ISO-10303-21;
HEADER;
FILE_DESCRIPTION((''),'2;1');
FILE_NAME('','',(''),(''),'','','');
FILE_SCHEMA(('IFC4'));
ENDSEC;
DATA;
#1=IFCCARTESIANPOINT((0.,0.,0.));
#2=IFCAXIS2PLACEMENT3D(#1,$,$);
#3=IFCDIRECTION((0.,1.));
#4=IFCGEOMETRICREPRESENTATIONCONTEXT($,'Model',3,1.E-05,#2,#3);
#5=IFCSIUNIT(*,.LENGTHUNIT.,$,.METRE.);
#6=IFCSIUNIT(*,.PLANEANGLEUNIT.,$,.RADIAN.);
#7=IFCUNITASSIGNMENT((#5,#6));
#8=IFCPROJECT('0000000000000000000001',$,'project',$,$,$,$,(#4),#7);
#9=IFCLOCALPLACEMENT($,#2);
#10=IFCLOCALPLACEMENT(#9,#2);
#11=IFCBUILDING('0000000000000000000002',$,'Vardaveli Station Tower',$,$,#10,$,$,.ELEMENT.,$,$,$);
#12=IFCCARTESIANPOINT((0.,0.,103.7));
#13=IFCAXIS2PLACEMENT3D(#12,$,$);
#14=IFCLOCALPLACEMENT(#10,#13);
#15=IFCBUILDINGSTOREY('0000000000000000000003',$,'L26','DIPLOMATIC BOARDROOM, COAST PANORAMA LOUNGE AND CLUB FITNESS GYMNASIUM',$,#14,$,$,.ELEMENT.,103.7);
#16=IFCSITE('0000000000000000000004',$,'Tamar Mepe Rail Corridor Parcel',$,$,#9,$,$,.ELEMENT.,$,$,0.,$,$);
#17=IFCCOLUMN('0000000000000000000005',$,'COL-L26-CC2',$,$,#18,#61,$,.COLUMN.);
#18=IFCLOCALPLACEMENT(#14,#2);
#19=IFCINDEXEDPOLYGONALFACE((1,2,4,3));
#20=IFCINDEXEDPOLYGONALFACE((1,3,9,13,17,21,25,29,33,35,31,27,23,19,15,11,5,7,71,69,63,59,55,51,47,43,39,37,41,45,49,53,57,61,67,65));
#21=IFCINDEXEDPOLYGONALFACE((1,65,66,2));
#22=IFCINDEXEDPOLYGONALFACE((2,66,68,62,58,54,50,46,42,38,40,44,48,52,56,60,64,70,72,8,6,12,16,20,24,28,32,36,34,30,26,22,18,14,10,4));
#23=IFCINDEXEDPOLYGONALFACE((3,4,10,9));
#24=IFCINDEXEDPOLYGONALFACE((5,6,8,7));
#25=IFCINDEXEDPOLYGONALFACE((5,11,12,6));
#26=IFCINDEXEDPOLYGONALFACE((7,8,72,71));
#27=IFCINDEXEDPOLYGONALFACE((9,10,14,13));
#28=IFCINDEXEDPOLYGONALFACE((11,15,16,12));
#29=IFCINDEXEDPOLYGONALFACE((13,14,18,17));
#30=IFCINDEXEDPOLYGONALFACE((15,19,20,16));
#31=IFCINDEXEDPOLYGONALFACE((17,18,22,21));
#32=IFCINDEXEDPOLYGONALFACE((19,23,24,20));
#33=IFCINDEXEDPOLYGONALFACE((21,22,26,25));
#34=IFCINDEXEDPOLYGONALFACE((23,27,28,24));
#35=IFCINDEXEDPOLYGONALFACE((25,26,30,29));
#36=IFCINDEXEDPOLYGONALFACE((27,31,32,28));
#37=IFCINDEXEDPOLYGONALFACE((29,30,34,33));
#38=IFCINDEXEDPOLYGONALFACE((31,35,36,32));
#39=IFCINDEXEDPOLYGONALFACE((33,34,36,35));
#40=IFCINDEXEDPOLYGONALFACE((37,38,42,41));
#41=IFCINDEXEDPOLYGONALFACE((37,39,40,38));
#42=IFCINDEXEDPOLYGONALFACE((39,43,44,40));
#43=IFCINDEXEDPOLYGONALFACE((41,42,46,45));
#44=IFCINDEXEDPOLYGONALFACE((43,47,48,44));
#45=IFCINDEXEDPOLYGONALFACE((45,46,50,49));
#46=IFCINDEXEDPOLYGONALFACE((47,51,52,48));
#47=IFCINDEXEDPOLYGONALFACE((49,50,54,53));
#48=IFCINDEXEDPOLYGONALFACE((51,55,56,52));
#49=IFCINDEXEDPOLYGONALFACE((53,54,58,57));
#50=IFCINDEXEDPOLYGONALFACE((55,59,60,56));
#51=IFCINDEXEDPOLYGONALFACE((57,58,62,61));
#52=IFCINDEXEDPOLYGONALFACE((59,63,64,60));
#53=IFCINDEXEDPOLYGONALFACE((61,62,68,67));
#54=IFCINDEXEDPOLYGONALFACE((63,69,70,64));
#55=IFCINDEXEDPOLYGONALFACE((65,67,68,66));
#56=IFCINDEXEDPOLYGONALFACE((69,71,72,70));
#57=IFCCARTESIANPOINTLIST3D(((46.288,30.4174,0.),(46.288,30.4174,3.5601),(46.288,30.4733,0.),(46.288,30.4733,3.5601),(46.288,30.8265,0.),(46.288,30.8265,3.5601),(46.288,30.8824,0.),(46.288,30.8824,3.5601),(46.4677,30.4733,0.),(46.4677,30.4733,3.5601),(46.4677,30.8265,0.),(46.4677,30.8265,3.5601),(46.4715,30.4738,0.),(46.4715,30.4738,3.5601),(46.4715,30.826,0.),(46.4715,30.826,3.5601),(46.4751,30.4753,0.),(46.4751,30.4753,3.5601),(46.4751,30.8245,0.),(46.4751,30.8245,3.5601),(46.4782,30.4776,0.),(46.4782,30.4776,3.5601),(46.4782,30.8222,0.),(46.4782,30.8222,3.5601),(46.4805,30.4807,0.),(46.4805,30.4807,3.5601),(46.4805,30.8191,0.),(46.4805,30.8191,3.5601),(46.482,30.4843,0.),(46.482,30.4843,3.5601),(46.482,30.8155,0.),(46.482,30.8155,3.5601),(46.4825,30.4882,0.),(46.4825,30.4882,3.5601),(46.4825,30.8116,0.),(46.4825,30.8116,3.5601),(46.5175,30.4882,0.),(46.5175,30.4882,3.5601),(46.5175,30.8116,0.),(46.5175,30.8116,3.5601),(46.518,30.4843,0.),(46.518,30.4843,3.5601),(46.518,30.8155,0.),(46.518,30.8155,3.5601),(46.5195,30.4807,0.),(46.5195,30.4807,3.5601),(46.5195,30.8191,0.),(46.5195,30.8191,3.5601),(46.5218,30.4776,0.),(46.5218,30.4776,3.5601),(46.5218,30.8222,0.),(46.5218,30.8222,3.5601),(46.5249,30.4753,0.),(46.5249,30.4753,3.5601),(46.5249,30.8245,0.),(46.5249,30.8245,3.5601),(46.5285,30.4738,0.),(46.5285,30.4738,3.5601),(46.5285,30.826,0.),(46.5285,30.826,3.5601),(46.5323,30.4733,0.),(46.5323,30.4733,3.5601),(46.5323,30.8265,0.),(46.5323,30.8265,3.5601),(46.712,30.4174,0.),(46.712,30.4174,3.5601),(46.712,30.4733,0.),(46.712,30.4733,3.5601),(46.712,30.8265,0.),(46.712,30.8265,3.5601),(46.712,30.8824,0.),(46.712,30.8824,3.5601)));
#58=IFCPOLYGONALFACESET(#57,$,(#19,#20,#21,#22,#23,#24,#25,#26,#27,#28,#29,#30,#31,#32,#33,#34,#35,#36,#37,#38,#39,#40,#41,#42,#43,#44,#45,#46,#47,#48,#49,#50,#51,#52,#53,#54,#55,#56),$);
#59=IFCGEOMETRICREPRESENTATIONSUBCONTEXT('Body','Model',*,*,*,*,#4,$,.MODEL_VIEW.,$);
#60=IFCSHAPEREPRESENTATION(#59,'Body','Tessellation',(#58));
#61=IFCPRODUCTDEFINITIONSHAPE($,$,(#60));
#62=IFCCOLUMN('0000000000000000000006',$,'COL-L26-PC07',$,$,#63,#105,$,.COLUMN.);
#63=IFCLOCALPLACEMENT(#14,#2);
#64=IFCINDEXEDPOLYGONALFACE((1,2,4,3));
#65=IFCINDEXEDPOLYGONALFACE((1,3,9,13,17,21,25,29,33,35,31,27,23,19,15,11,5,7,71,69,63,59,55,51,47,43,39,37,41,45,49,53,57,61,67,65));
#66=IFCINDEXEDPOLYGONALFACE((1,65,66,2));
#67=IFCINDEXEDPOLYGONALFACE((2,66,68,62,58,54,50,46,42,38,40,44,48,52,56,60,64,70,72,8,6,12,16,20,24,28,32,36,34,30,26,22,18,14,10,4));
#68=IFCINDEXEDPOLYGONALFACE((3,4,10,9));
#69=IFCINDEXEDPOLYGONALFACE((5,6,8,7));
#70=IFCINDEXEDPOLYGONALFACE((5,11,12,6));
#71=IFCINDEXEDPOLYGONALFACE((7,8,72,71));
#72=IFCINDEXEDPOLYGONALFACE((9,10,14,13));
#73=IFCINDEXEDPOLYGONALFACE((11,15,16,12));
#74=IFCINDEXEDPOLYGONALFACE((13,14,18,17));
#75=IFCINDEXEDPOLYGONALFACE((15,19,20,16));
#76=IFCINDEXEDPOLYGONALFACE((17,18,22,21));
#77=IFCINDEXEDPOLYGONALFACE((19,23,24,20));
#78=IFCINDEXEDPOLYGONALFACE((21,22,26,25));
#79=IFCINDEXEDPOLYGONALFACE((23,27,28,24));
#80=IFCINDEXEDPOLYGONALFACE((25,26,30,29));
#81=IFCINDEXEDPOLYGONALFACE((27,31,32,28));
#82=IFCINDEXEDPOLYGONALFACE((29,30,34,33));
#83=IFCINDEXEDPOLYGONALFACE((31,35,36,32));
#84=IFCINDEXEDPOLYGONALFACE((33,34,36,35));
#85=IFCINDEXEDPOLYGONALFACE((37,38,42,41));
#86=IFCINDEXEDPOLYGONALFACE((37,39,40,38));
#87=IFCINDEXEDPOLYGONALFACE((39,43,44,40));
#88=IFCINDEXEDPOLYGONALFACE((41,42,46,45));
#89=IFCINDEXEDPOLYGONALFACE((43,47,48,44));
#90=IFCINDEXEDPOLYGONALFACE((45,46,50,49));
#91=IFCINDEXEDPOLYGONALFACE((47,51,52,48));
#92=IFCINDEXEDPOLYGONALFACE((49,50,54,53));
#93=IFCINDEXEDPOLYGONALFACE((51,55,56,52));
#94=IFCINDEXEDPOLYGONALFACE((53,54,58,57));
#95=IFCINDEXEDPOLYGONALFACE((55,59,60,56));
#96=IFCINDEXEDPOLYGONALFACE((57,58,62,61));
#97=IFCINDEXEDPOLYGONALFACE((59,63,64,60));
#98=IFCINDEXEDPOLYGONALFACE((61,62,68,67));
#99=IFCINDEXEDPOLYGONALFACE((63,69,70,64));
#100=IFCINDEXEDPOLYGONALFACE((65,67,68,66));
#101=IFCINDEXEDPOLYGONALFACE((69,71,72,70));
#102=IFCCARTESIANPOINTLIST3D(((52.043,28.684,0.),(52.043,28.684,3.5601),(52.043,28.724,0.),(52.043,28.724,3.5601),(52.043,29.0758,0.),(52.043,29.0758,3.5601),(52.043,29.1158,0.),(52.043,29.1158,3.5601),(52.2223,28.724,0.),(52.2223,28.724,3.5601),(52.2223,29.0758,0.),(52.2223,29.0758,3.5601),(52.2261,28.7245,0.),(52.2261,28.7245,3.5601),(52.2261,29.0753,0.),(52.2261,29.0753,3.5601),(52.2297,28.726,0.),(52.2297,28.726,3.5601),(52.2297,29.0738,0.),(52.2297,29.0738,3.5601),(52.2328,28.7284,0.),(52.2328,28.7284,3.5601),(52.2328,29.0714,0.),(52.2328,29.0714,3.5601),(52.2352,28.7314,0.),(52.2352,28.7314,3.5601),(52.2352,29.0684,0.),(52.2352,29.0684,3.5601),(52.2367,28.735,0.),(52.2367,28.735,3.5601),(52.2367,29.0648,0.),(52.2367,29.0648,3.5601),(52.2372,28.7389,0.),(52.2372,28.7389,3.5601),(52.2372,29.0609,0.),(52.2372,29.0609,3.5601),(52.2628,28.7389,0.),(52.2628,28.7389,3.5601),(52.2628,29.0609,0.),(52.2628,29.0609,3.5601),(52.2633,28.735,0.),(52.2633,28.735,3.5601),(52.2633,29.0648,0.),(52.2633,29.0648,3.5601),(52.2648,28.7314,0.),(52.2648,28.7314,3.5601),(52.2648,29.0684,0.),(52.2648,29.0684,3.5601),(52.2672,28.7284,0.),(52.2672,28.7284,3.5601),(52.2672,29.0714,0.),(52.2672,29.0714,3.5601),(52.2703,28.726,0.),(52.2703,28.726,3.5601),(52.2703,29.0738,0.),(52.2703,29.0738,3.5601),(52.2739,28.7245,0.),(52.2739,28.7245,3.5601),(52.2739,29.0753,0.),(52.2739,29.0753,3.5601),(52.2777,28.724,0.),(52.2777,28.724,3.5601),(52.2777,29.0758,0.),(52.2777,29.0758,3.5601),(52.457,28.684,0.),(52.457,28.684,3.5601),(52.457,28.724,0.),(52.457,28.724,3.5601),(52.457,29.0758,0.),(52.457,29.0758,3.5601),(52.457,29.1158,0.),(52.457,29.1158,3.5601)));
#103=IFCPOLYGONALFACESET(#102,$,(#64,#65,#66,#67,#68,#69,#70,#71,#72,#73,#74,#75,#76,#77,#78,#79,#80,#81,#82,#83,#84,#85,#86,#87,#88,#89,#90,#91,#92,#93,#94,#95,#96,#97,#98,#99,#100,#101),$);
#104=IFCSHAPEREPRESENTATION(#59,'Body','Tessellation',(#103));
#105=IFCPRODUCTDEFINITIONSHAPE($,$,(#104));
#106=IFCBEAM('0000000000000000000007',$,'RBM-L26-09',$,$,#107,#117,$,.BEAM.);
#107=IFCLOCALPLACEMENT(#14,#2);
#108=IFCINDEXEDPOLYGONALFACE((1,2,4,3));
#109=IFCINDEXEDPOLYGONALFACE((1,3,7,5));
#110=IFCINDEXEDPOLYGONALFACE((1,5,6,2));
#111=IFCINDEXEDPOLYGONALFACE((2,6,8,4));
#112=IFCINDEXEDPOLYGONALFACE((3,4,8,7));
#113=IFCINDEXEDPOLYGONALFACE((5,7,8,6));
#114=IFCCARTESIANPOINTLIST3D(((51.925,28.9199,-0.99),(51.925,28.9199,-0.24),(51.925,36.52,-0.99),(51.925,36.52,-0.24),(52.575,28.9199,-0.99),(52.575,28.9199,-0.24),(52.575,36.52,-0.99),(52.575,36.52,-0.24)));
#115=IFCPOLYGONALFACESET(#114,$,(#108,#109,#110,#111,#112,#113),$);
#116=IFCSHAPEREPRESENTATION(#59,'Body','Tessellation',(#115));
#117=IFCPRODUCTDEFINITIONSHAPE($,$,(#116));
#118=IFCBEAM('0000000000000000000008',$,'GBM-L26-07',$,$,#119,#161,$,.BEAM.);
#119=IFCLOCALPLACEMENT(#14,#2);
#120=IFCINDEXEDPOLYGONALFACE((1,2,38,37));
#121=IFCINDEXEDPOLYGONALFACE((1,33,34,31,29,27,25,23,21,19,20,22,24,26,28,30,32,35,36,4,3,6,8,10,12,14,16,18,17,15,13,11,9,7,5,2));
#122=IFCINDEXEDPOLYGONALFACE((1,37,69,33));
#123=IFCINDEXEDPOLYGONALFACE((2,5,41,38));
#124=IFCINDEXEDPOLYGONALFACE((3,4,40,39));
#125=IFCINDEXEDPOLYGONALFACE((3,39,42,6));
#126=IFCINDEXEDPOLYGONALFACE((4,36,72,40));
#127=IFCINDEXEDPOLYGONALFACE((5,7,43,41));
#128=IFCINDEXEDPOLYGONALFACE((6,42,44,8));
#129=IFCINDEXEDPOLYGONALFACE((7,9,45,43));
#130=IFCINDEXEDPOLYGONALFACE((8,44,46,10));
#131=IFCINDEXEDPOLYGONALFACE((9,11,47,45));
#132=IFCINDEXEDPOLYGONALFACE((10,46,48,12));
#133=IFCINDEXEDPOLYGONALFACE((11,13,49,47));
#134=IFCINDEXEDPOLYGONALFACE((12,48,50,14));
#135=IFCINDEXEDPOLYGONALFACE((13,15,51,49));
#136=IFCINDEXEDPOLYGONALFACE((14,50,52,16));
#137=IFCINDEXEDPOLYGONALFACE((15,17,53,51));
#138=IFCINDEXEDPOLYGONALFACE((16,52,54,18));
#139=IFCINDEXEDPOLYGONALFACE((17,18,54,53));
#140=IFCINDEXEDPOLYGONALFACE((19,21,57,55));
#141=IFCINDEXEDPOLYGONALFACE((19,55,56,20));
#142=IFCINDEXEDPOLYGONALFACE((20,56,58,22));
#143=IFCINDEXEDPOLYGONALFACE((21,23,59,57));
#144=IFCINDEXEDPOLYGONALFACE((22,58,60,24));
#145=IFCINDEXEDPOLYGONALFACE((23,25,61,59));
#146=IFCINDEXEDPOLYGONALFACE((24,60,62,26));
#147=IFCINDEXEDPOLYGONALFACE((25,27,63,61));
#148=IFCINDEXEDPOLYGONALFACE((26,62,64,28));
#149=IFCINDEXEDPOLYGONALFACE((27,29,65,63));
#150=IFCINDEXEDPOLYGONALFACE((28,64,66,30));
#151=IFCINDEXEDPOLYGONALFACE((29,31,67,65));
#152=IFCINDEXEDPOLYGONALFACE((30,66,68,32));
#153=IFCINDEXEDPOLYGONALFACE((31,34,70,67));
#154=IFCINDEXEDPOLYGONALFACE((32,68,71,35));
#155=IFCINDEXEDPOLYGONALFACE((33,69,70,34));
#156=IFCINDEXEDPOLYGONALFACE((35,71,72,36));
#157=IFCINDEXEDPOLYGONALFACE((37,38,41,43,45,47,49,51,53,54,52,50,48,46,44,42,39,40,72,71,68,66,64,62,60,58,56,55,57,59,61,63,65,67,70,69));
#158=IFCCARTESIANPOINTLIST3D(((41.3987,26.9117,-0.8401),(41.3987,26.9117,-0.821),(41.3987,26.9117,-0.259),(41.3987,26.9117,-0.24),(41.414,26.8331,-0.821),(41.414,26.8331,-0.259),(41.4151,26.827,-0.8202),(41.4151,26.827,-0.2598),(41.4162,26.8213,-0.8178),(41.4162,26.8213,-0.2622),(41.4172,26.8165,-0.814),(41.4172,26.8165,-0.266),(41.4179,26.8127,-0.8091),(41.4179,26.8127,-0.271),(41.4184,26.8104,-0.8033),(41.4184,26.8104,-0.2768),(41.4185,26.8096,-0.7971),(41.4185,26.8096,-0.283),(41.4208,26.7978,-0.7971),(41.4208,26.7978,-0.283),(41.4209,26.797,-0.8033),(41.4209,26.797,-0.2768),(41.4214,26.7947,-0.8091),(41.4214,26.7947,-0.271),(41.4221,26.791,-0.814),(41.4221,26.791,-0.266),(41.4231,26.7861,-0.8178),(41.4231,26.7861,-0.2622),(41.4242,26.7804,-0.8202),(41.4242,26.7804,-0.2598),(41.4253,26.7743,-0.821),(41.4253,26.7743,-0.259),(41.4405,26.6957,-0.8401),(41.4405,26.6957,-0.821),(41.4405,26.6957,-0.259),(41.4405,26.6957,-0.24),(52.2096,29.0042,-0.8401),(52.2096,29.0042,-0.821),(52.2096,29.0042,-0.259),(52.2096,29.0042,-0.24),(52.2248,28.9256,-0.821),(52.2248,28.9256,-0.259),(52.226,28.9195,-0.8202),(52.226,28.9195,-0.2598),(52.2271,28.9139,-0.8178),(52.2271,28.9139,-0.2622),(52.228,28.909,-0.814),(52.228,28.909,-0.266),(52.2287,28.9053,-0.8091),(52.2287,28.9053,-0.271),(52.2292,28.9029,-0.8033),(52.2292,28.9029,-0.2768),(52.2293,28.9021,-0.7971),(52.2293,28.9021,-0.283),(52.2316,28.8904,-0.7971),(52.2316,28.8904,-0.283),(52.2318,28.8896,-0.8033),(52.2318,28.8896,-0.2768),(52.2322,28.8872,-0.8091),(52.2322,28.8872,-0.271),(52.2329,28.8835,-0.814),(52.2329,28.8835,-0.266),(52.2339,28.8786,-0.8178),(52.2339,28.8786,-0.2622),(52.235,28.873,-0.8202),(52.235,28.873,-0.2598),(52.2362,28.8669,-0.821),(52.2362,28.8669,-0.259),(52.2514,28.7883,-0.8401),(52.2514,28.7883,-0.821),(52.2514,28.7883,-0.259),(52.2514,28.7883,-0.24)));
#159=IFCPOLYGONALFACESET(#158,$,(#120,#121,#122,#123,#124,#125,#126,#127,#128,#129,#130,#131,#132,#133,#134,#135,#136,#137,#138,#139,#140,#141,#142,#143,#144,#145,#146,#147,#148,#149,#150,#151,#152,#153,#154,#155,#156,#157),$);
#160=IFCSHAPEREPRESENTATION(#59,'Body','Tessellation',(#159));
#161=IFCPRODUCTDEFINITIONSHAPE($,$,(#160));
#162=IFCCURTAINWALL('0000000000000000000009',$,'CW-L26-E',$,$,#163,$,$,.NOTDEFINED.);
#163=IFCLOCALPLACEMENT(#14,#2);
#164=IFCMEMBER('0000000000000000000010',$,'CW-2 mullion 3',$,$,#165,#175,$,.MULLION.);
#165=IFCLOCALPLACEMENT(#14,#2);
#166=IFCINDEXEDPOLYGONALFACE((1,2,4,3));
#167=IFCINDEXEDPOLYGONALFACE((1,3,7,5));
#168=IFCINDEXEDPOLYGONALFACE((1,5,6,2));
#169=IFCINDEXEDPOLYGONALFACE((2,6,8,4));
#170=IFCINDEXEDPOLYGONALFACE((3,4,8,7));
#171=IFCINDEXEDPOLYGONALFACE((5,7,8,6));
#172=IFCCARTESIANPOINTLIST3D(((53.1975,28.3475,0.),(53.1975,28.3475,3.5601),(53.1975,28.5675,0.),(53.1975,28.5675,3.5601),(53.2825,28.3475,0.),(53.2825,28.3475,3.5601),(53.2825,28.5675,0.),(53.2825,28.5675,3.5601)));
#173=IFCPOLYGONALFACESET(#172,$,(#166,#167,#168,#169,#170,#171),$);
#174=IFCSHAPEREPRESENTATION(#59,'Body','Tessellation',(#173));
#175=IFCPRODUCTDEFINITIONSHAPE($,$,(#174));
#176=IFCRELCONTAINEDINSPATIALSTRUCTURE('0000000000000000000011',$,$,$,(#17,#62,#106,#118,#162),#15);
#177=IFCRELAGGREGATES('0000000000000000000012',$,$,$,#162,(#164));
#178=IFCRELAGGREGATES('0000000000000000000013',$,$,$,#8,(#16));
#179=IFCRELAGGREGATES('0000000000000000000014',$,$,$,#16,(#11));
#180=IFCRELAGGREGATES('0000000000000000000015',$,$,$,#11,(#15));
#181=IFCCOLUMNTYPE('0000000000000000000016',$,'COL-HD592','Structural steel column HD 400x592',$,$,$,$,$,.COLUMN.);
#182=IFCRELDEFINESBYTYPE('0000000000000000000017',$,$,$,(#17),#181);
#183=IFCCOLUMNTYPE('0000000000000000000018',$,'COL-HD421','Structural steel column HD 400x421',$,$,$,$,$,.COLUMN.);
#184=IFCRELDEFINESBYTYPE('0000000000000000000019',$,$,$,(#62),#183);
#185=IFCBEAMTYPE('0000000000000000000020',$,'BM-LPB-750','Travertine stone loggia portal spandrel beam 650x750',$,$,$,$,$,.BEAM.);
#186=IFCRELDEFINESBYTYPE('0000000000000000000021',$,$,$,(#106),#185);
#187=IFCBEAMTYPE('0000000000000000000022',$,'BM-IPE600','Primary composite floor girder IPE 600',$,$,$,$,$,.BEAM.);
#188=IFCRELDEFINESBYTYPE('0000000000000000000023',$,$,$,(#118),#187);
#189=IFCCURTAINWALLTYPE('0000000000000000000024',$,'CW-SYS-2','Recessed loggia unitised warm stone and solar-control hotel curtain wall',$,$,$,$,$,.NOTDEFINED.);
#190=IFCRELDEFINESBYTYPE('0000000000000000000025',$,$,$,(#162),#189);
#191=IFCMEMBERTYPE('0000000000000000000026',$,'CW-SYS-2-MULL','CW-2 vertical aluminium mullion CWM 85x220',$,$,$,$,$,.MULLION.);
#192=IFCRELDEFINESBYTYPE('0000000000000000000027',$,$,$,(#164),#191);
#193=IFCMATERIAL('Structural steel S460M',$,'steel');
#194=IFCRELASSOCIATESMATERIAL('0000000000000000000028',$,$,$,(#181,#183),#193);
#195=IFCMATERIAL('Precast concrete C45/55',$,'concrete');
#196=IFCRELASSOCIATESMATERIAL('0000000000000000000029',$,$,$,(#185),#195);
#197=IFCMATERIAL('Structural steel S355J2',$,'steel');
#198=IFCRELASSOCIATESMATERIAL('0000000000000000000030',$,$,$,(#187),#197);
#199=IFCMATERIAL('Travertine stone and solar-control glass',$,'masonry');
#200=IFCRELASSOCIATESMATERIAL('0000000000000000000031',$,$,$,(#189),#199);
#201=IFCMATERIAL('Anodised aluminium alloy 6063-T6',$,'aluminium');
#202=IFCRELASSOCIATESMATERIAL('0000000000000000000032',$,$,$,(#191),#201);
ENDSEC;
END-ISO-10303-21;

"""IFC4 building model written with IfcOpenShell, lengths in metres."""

from ifc_helpers import new_model, si_unit, direction, frame, origin, origin_2d, place, context, subcontext, project, spatial, rectangle, i_section, extrude, source, transform, mapped, material, material_profile, profile_set, type_object, element, aggregate, save


model = new_model("IFC4")

# Units and contexts
model_context = context("Model", 3, precision=1e-05, world=origin(), true_north=direction((0.0, 1.0)))
body_context = subcontext(model_context, "Body", "Model", "MODEL_VIEW")
ifc_project = project(units=[si_unit("LENGTHUNIT", "METRE"), si_unit("PLANEANGLEUNIT", "RADIAN")], contexts=[model_context])

# Site, building, storey
site_placement = place(None, origin())
site = spatial("IfcSite", under=ifc_project, at=site_placement, Name="Tamar Mepe Rail Corridor Parcel", CompositionType="ELEMENT", RefElevation=0.0)
building_placement = place(site_placement, origin())
building = spatial("IfcBuilding", under=site, at=building_placement, Name="Vardaveli Station Tower", CompositionType="ELEMENT")
storey_placement = place(building_placement, frame((0.0, 0.0, 103.7)))
storey = spatial("IfcBuildingStorey", under=building, at=storey_placement, Name="L26", Description="DIPLOMATIC BOARDROOM, COAST PANORAMA LOUNGE AND CLUB FITNESS GYMNASIUM", CompositionType="ELEMENT", Elevation=103.7)

# Columns
ifc_material_1 = material(Name="Structural steel S460M", Category="steel")
ifc_material_profile_1 = material_profile(ifc_material_1, i_section(OverallWidth=0.4241, OverallDepth=0.4651, WebThickness=0.0349, FlangeThickness=0.0559, FilletRadius=0.0149, at=origin_2d()), Name="HD 400x592")
ifc_profile_set_1 = profile_set([ifc_material_profile_1], Name="Structural steel S460M")
column_type_1 = type_object("IfcColumnType", Name="COL-HD592", Description="Structural steel column HD 400x592", PredefinedType="COLUMN", material=ifc_profile_set_1)
shared_shape_1 = source(origin(), body_context, "Body", "SweptSolid", [
    extrude(i_section(OverallWidth=0.4241, OverallDepth=0.4651, WebThickness=0.0349, FlangeThickness=0.0559, FilletRadius=0.0149, at=origin_2d()), origin(), (0.0, 0.0, 1.0), 3.5601),
])
column_1_placement = place(storey_placement, frame((46.5, 30.6499, 0.0), z_axis=(0.0, 0.0, 1.0), x_axis=(1.0, 0.0, 0.0)))
element("IfcColumn", 1, at=column_1_placement, inside=storey, type_object=column_type_1, Name="COL-L26-CC2", PredefinedType="COLUMN", context=body_context, shape_type="MappedRepresentation", body=[
    mapped(shared_shape_1, transform((0.0, 0.0, 0.0), scale=1.0)),
])
ifc_material_profile_2 = material_profile(ifc_material_1, i_section(OverallWidth=0.4141, OverallDepth=0.4319, WebThickness=0.0256, FlangeThickness=0.04, FilletRadius=0.0149, at=origin_2d()), Name="HD 400x421")
ifc_profile_set_2 = profile_set([ifc_material_profile_2], Name="Structural steel S460M")
column_type_2 = type_object("IfcColumnType", Name="COL-HD421", Description="Structural steel column HD 400x421", PredefinedType="COLUMN", material=ifc_profile_set_2)
shared_shape_2 = source(origin(), body_context, "Body", "SweptSolid", [
    extrude(i_section(OverallWidth=0.4141, OverallDepth=0.4319, WebThickness=0.0256, FlangeThickness=0.04, FilletRadius=0.0149, at=origin_2d()), origin(), (0.0, 0.0, 1.0), 3.5601),
])
column_2_placement = place(storey_placement, frame((52.25, 28.8999, 0.0), z_axis=(0.0, 0.0, 1.0), x_axis=(1.0, 0.0, 0.0)))
element("IfcColumn", 2, at=column_2_placement, inside=storey, type_object=column_type_2, Name="COL-L26-PC07", PredefinedType="COLUMN", context=body_context, shape_type="MappedRepresentation", body=[
    mapped(shared_shape_2, transform((0.0, 0.0, 0.0), scale=1.0)),
])

# Beams
ifc_material_2 = material(Name="Precast concrete C45/55", Category="concrete")
ifc_material_profile_3 = material_profile(ifc_material_2, rectangle(XDim=0.6499, YDim=0.75, at=origin_2d()), Name="LPB 650x750")
ifc_profile_set_3 = profile_set([ifc_material_profile_3], Name="Precast concrete C45/55")
beam_type_1 = type_object("IfcBeamType", Name="BM-LPB-750", Description="Travertine stone loggia portal spandrel beam 650x750", PredefinedType="BEAM", material=ifc_profile_set_3)
shared_shape_3 = source(origin(), body_context, "Body", "SweptSolid", [
    extrude(rectangle(XDim=0.6499, YDim=0.75, at=origin_2d()), origin(), (0.0, 0.0, 1.0), 7.6001),
])
beam_1_placement = place(storey_placement, frame((52.25, 28.9199, -0.615), z_axis=(0.0, 1.0, 0.0), x_axis=(-1.0, 0.0, 0.0)))
element("IfcBeam", 3, at=beam_1_placement, inside=storey, type_object=beam_type_1, Name="RBM-L26-09", PredefinedType="BEAM", context=body_context, shape_type="MappedRepresentation", body=[
    mapped(shared_shape_3, transform((0.0, 0.0, 0.0), scale=1.0)),
])
ifc_material_3 = material(Name="Structural steel S355J2", Category="steel")
ifc_material_profile_4 = material_profile(ifc_material_3, i_section(OverallWidth=0.22, OverallDepth=0.6001, WebThickness=0.012, FlangeThickness=0.019, FilletRadius=0.0239, at=origin_2d()), Name="IPE 600")
ifc_profile_set_4 = profile_set([ifc_material_profile_4], Name="Structural steel S355J2")
beam_type_2 = type_object("IfcBeamType", Name="BM-IPE600", Description="Primary composite floor girder IPE 600", PredefinedType="BEAM", material=ifc_profile_set_4)
shared_shape_4 = source(origin(), body_context, "Body", "SweptSolid", [
    extrude(i_section(OverallWidth=0.22, OverallDepth=0.6001, WebThickness=0.012, FlangeThickness=0.019, FilletRadius=0.0239, at=origin_2d()), origin(), (0.0, 0.0, 1.0), 11.0115),
])
beam_2_placement = place(storey_placement, frame((52.2305, 28.8962, -0.54), z_axis=(-0.981778, -0.190032, 0.0), x_axis=(0.190032, -0.981778, 0.0)))
element("IfcBeam", 4, at=beam_2_placement, inside=storey, type_object=beam_type_2, Name="GBM-L26-07", PredefinedType="BEAM", context=body_context, shape_type="MappedRepresentation", body=[
    mapped(shared_shape_4, transform((0.0, 0.0, 0.0), scale=1.0)),
])

# Curtain wall, member
ifc_material_4 = material(Name="Travertine stone and solar-control glass", Category="masonry")
curtain_wall_type = type_object("IfcCurtainWallType", Name="CW-SYS-2", Description="Recessed loggia unitised warm stone and solar-control hotel curtain wall", PredefinedType="NOTDEFINED", material=ifc_material_4)
curtain_wall_placement = place(storey_placement, origin())
curtain_wall = element("IfcCurtainWall", 5, at=curtain_wall_placement, inside=storey, type_object=curtain_wall_type, Name="CW-L26-E", PredefinedType="NOTDEFINED")
ifc_material_5 = material(Name="Anodised aluminium alloy 6063-T6", Category="aluminium")
ifc_material_profile_5 = material_profile(ifc_material_5, rectangle(XDim=0.085, YDim=0.22, at=origin_2d()), Name="CWM 85x220")
ifc_profile_set_5 = profile_set([ifc_material_profile_5], Name="Anodised aluminium alloy 6063-T6")
member_type = type_object("IfcMemberType", Name="CW-SYS-2-MULL", Description="CW-2 vertical aluminium mullion CWM 85x220", PredefinedType="MULLION", material=ifc_profile_set_5)
shared_shape_5 = source(origin(), body_context, "Body", "SweptSolid", [
    extrude(rectangle(XDim=0.085, YDim=0.22, at=origin_2d()), origin(), (0.0, 0.0, 1.0), 3.5601),
])
member_placement = place(storey_placement, frame((53.24, 28.4575, 0.0), z_axis=(0.0, 0.0, 1.0), x_axis=(-1.0, 0.0, 0.0)))
member = element("IfcMember", 6, at=member_placement, type_object=member_type, Name="CW-2 mullion 3", PredefinedType="MULLION", context=body_context, shape_type="MappedRepresentation", body=[
    mapped(shared_shape_5, transform((0.0, 0.0, 0.0), scale=1.0)),
])
aggregate(curtain_wall, [member])

save(model, "model.ifc")
